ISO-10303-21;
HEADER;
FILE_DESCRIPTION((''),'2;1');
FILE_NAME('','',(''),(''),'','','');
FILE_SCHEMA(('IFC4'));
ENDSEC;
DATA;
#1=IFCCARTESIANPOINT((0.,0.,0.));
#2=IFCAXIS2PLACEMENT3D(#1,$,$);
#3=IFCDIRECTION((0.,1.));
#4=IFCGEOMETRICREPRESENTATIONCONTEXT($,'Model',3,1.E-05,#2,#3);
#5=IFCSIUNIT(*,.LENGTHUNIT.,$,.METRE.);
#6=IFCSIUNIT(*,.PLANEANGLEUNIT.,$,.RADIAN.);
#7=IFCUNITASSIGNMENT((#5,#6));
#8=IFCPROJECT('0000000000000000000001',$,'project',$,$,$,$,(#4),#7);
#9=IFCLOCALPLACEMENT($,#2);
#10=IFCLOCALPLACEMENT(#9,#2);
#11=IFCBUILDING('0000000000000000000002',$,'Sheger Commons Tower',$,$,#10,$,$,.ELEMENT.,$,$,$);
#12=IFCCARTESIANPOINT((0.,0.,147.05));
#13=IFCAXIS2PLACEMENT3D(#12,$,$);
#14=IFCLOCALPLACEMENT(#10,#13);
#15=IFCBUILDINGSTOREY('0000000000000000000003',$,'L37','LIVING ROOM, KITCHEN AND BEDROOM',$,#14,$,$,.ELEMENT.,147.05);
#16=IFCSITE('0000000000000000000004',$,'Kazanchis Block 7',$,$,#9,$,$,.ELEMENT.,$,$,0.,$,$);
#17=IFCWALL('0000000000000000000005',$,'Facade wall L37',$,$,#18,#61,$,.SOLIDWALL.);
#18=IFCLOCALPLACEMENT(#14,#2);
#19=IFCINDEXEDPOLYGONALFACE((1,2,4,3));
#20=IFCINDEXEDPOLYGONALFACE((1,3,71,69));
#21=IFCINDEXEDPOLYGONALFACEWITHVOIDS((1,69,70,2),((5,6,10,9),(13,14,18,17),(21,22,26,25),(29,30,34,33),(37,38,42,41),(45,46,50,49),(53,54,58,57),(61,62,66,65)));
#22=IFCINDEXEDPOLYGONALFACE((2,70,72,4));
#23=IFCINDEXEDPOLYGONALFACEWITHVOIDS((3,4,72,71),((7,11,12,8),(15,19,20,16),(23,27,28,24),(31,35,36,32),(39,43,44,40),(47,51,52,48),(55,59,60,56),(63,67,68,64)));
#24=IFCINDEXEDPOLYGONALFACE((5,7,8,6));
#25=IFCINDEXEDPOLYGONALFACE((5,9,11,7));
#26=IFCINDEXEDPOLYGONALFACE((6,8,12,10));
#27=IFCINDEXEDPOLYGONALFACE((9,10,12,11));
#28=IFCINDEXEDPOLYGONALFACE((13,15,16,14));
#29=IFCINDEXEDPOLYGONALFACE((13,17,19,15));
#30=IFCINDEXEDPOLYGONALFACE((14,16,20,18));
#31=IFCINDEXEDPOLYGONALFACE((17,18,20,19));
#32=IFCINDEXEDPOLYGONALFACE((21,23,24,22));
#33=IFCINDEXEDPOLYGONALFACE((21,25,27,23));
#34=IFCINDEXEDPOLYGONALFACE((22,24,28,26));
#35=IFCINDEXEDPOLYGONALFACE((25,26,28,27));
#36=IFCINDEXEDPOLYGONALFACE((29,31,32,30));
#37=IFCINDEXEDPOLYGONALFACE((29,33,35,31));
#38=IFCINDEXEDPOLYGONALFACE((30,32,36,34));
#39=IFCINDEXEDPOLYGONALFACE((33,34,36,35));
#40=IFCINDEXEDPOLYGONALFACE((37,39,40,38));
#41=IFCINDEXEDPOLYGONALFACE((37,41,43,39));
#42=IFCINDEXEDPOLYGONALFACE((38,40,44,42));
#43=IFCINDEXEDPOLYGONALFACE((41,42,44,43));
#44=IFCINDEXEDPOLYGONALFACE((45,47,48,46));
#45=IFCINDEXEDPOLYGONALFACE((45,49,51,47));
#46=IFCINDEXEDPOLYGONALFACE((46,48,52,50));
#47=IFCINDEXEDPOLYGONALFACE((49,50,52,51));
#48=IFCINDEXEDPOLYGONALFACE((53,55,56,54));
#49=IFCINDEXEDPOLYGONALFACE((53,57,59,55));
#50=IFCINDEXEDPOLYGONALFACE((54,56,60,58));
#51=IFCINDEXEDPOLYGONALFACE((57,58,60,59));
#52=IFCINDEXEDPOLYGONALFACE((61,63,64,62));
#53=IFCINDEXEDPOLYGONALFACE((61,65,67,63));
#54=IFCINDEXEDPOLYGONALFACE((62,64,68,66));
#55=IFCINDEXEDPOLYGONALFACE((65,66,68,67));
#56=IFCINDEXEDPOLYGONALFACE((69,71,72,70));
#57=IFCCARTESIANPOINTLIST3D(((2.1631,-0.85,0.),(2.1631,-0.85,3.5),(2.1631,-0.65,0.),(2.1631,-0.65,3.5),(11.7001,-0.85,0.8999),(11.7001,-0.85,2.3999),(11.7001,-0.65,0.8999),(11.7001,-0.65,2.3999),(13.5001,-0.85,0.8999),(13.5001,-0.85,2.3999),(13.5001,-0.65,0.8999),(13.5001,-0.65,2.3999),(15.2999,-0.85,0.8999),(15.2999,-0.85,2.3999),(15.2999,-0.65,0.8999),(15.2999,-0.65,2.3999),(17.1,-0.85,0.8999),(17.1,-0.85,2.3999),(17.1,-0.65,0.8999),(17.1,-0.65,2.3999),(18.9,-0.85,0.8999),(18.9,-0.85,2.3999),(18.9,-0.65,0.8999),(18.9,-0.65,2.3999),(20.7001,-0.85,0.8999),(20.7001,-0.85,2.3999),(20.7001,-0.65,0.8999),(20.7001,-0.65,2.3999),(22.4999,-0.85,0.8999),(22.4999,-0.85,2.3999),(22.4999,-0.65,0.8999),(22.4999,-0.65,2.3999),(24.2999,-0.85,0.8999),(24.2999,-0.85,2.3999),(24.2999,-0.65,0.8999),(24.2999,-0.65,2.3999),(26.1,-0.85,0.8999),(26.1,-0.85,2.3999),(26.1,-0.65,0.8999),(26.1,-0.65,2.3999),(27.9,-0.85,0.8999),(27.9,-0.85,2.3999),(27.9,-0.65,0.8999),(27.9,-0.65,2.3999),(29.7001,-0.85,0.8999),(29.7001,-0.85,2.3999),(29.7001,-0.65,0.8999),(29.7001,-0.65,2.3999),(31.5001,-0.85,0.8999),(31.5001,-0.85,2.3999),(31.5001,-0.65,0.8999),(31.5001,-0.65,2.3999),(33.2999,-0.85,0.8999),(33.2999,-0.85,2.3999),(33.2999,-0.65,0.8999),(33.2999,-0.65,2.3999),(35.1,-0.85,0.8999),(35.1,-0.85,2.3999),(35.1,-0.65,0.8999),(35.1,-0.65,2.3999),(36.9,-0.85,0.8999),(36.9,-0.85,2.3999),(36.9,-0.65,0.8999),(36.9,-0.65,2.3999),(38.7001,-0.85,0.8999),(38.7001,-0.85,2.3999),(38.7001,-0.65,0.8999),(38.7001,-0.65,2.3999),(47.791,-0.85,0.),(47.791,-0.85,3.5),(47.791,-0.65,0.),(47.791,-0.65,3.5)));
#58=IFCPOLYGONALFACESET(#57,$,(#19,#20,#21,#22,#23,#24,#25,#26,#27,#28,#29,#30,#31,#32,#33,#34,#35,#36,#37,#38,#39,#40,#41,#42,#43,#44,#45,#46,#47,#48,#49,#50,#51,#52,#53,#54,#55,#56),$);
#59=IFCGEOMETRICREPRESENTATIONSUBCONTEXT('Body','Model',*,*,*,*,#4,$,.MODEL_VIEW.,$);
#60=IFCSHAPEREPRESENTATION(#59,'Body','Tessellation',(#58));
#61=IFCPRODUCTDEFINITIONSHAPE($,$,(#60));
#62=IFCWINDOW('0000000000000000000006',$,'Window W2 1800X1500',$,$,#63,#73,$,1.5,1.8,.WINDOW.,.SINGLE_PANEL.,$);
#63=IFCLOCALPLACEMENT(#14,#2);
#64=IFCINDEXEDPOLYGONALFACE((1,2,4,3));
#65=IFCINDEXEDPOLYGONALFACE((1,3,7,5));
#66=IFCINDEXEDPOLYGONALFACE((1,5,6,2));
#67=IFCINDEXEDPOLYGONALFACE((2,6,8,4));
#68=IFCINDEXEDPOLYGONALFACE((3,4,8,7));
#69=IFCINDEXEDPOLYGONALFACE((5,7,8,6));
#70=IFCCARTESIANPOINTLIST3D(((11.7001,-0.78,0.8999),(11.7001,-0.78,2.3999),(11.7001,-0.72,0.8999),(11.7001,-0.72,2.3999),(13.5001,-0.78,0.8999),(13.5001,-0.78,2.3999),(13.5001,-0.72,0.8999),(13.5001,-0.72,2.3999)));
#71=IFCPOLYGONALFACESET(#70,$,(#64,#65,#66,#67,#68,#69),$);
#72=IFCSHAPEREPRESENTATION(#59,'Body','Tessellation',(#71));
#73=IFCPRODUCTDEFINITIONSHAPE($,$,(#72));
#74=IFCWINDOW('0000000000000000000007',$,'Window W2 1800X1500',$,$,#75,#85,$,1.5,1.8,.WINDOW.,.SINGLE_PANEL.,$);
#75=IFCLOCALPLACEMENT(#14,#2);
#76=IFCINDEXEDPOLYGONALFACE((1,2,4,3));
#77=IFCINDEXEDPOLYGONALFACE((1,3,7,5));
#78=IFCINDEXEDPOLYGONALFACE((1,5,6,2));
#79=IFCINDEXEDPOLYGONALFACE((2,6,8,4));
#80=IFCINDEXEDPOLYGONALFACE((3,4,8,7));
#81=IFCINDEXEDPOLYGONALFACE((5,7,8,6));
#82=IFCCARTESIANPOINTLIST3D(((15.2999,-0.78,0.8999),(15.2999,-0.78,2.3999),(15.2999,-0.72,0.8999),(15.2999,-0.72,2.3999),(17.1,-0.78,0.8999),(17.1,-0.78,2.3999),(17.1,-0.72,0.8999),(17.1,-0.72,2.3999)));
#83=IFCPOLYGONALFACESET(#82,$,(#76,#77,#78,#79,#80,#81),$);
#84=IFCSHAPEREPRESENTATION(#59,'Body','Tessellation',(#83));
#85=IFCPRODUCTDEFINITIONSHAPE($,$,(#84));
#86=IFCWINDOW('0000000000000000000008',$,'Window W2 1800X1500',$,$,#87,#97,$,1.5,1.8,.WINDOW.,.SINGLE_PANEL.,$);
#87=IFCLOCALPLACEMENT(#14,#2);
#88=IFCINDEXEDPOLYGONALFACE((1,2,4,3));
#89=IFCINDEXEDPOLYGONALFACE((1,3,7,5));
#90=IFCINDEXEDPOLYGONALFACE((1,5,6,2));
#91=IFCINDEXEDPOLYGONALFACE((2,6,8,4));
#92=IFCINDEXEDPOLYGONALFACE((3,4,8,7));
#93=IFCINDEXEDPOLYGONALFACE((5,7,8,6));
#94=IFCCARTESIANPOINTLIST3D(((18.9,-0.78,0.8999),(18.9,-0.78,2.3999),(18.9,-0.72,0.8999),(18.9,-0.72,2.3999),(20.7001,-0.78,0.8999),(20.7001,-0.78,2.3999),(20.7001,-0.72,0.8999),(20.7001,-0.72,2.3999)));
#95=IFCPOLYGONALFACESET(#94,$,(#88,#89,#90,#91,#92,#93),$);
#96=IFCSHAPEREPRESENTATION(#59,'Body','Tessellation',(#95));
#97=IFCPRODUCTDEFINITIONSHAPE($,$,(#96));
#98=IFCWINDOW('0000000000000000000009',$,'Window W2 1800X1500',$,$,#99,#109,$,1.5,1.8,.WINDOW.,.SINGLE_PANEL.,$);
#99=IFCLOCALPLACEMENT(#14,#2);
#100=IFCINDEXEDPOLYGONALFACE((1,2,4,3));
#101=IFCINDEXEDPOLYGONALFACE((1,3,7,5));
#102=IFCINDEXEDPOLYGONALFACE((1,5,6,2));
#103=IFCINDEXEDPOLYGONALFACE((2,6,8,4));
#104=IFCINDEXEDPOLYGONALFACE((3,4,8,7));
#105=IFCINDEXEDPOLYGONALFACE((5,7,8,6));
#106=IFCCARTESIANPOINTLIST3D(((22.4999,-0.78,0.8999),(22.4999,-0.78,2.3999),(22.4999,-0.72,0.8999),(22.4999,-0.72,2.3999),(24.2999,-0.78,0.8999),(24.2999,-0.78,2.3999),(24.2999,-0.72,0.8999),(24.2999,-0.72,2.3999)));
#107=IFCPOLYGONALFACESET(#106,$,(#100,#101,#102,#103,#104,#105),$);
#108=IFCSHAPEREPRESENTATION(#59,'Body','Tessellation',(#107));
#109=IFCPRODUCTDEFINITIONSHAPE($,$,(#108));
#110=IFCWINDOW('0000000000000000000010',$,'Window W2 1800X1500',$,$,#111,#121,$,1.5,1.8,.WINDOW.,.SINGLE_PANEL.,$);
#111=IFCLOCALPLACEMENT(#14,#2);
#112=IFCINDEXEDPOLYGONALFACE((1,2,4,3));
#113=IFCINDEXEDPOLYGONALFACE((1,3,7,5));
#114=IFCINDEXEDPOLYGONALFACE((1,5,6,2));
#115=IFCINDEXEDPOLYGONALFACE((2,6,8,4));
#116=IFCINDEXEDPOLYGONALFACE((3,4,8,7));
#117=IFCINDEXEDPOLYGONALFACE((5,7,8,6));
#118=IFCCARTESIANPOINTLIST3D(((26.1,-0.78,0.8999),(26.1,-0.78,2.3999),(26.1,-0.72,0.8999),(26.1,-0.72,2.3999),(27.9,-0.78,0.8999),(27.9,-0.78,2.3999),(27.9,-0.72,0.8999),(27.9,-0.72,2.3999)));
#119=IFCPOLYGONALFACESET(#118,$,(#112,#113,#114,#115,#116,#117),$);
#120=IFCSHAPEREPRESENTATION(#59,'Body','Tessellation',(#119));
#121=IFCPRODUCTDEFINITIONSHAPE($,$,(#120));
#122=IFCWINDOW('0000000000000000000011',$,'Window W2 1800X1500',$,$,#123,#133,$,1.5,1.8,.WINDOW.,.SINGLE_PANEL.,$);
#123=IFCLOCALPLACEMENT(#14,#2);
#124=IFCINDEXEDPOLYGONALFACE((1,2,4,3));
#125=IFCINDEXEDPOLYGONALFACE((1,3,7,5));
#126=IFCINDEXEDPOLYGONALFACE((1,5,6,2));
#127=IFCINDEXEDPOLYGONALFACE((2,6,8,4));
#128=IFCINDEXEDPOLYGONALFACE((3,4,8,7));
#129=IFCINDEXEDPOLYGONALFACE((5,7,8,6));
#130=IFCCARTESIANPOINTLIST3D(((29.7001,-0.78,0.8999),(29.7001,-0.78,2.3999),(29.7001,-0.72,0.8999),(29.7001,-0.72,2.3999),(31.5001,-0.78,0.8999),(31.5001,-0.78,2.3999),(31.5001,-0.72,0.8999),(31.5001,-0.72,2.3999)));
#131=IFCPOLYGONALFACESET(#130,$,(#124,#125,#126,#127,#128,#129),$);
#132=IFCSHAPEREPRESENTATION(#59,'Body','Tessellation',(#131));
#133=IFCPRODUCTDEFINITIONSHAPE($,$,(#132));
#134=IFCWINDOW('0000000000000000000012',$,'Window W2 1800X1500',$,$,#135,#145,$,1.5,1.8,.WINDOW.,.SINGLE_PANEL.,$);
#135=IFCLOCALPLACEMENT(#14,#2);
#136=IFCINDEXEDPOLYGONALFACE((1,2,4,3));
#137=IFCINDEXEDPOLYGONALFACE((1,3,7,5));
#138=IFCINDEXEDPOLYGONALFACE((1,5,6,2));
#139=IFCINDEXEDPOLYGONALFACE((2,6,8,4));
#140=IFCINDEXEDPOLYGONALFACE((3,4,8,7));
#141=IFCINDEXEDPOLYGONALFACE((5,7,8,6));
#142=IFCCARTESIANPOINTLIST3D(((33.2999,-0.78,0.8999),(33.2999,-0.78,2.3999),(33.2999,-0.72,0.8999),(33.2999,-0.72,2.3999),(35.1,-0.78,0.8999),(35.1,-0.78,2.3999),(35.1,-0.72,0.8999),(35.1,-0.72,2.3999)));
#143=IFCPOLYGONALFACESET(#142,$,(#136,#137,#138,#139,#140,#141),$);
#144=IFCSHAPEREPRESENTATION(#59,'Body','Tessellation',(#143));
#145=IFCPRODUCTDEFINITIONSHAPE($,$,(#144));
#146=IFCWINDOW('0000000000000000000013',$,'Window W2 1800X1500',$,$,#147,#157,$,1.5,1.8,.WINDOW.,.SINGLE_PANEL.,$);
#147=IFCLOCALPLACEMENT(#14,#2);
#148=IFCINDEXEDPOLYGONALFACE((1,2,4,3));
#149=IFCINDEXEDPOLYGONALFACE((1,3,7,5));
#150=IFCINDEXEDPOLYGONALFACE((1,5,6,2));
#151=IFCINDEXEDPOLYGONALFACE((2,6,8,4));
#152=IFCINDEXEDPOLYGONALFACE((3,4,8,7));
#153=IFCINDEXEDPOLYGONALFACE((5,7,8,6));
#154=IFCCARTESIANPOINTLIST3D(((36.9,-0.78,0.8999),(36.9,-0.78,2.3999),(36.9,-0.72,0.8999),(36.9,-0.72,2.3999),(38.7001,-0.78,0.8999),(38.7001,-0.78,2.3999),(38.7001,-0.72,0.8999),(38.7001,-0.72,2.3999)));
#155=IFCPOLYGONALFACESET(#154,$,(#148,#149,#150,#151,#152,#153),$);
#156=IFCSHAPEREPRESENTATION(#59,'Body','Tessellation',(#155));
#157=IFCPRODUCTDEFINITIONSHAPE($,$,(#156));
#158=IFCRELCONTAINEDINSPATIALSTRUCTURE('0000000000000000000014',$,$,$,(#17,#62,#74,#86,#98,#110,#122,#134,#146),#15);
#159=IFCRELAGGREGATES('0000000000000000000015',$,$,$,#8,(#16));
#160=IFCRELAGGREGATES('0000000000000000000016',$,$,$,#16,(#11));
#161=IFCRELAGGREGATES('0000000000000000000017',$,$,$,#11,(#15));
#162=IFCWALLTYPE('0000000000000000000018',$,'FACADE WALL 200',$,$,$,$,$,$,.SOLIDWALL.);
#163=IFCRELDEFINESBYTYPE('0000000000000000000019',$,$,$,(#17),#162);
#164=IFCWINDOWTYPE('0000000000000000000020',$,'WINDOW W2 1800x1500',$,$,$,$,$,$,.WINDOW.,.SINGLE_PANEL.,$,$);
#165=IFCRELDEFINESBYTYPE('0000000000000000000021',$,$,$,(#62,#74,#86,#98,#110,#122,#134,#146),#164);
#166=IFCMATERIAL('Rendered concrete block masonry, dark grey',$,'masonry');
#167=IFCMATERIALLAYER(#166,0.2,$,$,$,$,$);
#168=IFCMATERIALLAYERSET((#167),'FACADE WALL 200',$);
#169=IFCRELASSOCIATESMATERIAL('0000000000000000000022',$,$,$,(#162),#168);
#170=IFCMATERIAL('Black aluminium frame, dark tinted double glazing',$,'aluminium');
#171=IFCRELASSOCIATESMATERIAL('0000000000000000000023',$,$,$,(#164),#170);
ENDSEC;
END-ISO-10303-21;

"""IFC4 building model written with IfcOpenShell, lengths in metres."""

from ifc_helpers import new_model, si_unit, direction, frame, frame_2d, origin, place, context, subcontext, project, spatial, rectangle, extrude, material, layer, layer_set, type_object, element, fill, save


model = new_model("IFC4")

# Units and contexts
model_context = context("Model", 3, precision=1e-05, world=origin(), true_north=direction((0.0, 1.0)))
body_context = subcontext(model_context, "Body", "Model", "MODEL_VIEW")
ifc_project = project(units=[si_unit("LENGTHUNIT", "METRE"), si_unit("PLANEANGLEUNIT", "RADIAN")], contexts=[model_context])

# Site, building, storey
site_placement = place(None, origin())
site = spatial("IfcSite", under=ifc_project, at=site_placement, Name="Kazanchis Block 7", CompositionType="ELEMENT", RefElevation=0.0)
building_placement = place(site_placement, origin())
building = spatial("IfcBuilding", under=site, at=building_placement, Name="Sheger Commons Tower", CompositionType="ELEMENT")
storey_placement = place(building_placement, frame((0.0, 0.0, 147.05)))
storey = spatial("IfcBuildingStorey", under=building, at=storey_placement, Name="L37", Description="LIVING ROOM, KITCHEN AND BEDROOM", CompositionType="ELEMENT", Elevation=147.05)

# Wall, openings, windows
ifc_material_1 = material(Name="Rendered concrete block masonry, dark grey", Category="masonry")
ifc_layer_1 = layer(ifc_material_1, 0.2)
ifc_layer_set_1 = layer_set([ifc_layer_1], Name="FACADE WALL 200")
wall_type_1 = type_object("IfcWallType", Name="FACADE WALL 200", PredefinedType="SOLIDWALL", material=ifc_layer_set_1)
wall_1_placement = place(storey_placement, frame((2.1631, -0.75, 0.0), z_axis=(0.0, 0.0, 1.0), x_axis=(1.0, 0.0, 0.0)))
wall_1 = element("IfcWall", 1, at=wall_1_placement, inside=storey, type_object=wall_type_1, Name="Facade wall L37", PredefinedType="SOLIDWALL", context=body_context, shape_type="SweptSolid", body=[
    extrude(rectangle(XDim=45.6279, YDim=0.2, at=frame_2d((22.814, 0.0))), origin(), (0.0, 0.0, 1.0), 3.5),
])
opening_1_placement = place(wall_1_placement, frame((9.5371, 0.0, 0.8999)))
opening_1 = element("IfcOpeningElement", 2, at=opening_1_placement, cuts=wall_1, PredefinedType="OPENING", context=body_context, shape_type="SweptSolid", body=[
    extrude(rectangle(XDim=1.8, YDim=1.5, at=frame_2d((0.8999, 0.75))), frame((0.0, 0.1099, 0.0), z_axis=(0.0, -1.0, 0.0), x_axis=(1.0, 0.0, 0.0)), (0.0, 0.0, 1.0), 0.22),
])
opening_2_placement = place(wall_1_placement, frame((13.137, 0.0, 0.8999)))
opening_2 = element("IfcOpeningElement", 3, at=opening_2_placement, cuts=wall_1, PredefinedType="OPENING", context=body_context, shape_type="SweptSolid", body=[
    extrude(rectangle(XDim=1.8, YDim=1.5, at=frame_2d((0.8999, 0.75))), frame((0.0, 0.1099, 0.0), z_axis=(0.0, -1.0, 0.0), x_axis=(1.0, 0.0, 0.0)), (0.0, 0.0, 1.0), 0.22),
])
opening_3_placement = place(wall_1_placement, frame((16.7371, 0.0, 0.8999)))
opening_3 = element("IfcOpeningElement", 4, at=opening_3_placement, cuts=wall_1, PredefinedType="OPENING", context=body_context, shape_type="SweptSolid", body=[
    extrude(rectangle(XDim=1.8, YDim=1.5, at=frame_2d((0.8999, 0.75))), frame((0.0, 0.1099, 0.0), z_axis=(0.0, -1.0, 0.0), x_axis=(1.0, 0.0, 0.0)), (0.0, 0.0, 1.0), 0.22),
])
opening_4_placement = place(wall_1_placement, frame((20.3369, 0.0, 0.8999)))
opening_4 = element("IfcOpeningElement", 5, at=opening_4_placement, cuts=wall_1, PredefinedType="OPENING", context=body_context, shape_type="SweptSolid", body=[
    extrude(rectangle(XDim=1.8, YDim=1.5, at=frame_2d((0.8999, 0.75))), frame((0.0, 0.1099, 0.0), z_axis=(0.0, -1.0, 0.0), x_axis=(1.0, 0.0, 0.0)), (0.0, 0.0, 1.0), 0.22),
])
opening_5_placement = place(wall_1_placement, frame((23.937, 0.0, 0.8999)))
opening_5 = element("IfcOpeningElement", 6, at=opening_5_placement, cuts=wall_1, PredefinedType="OPENING", context=body_context, shape_type="SweptSolid", body=[
    extrude(rectangle(XDim=1.8, YDim=1.5, at=frame_2d((0.8999, 0.75))), frame((0.0, 0.1099, 0.0), z_axis=(0.0, -1.0, 0.0), x_axis=(1.0, 0.0, 0.0)), (0.0, 0.0, 1.0), 0.22),
])
opening_6_placement = place(wall_1_placement, frame((27.5371, 0.0, 0.8999)))
opening_6 = element("IfcOpeningElement", 7, at=opening_6_placement, cuts=wall_1, PredefinedType="OPENING", context=body_context, shape_type="SweptSolid", body=[
    extrude(rectangle(XDim=1.8, YDim=1.5, at=frame_2d((0.8999, 0.75))), frame((0.0, 0.1099, 0.0), z_axis=(0.0, -1.0, 0.0), x_axis=(1.0, 0.0, 0.0)), (0.0, 0.0, 1.0), 0.22),
])
opening_7_placement = place(wall_1_placement, frame((31.137, 0.0, 0.8999)))
opening_7 = element("IfcOpeningElement", 8, at=opening_7_placement, cuts=wall_1, PredefinedType="OPENING", context=body_context, shape_type="SweptSolid", body=[
    extrude(rectangle(XDim=1.8, YDim=1.5, at=frame_2d((0.8999, 0.75))), frame((0.0, 0.1099, 0.0), z_axis=(0.0, -1.0, 0.0), x_axis=(1.0, 0.0, 0.0)), (0.0, 0.0, 1.0), 0.22),
])
opening_8_placement = place(wall_1_placement, frame((34.7371, 0.0, 0.8999)))
opening_8 = element("IfcOpeningElement", 9, at=opening_8_placement, cuts=wall_1, PredefinedType="OPENING", context=body_context, shape_type="SweptSolid", body=[
    extrude(rectangle(XDim=1.8, YDim=1.5, at=frame_2d((0.8999, 0.75))), frame((0.0, 0.1099, 0.0), z_axis=(0.0, -1.0, 0.0), x_axis=(1.0, 0.0, 0.0)), (0.0, 0.0, 1.0), 0.22),
])
ifc_material_2 = material(Name="Black aluminium frame, dark tinted double glazing", Category="aluminium")
window_type = type_object("IfcWindowType", Name="WINDOW W2 1800x1500", PartitioningType="SINGLE_PANEL", PredefinedType="WINDOW", material=ifc_material_2)
window_1_placement = place(opening_1_placement, origin())
window_1 = element("IfcWindow", 10, at=window_1_placement, inside=storey, type_object=window_type, Name="Window W2 1800X1500", OverallHeight=1.5, OverallWidth=1.8, PartitioningType="SINGLE_PANEL", PredefinedType="WINDOW", context=body_context, shape_type="SweptSolid", body=[
    extrude(rectangle(XDim=1.8, YDim=1.5, at=frame_2d((0.8999, 0.75))), frame((0.0, 0.03, 0.0), z_axis=(0.0, -1.0, 0.0), x_axis=(1.0, 0.0, 0.0)), (0.0, 0.0, 1.0), 0.0601),
])
fill(opening_1, window_1)
window_2_placement = place(opening_2_placement, origin())
window_2 = element("IfcWindow", 11, at=window_2_placement, inside=storey, type_object=window_type, Name="Window W2 1800X1500", OverallHeight=1.5, OverallWidth=1.8, PartitioningType="SINGLE_PANEL", PredefinedType="WINDOW", context=body_context, shape_type="SweptSolid", body=[
    extrude(rectangle(XDim=1.8, YDim=1.5, at=frame_2d((0.8999, 0.75))), frame((0.0, 0.03, 0.0), z_axis=(0.0, -1.0, 0.0), x_axis=(1.0, 0.0, 0.0)), (0.0, 0.0, 1.0), 0.0601),
])
fill(opening_2, window_2)
window_3_placement = place(opening_3_placement, origin())
window_3 = element("IfcWindow", 12, at=window_3_placement, inside=storey, type_object=window_type, Name="Window W2 1800X1500", OverallHeight=1.5, OverallWidth=1.8, PartitioningType="SINGLE_PANEL", PredefinedType="WINDOW", context=body_context, shape_type="SweptSolid", body=[
    extrude(rectangle(XDim=1.8, YDim=1.5, at=frame_2d((0.8999, 0.75))), frame((0.0, 0.03, 0.0), z_axis=(0.0, -1.0, 0.0), x_axis=(1.0, 0.0, 0.0)), (0.0, 0.0, 1.0), 0.0601),
])
fill(opening_3, window_3)
window_4_placement = place(opening_4_placement, origin())
window_4 = element("IfcWindow", 13, at=window_4_placement, inside=storey, type_object=window_type, Name="Window W2 1800X1500", OverallHeight=1.5, OverallWidth=1.8, PartitioningType="SINGLE_PANEL", PredefinedType="WINDOW", context=body_context, shape_type="SweptSolid", body=[
    extrude(rectangle(XDim=1.8, YDim=1.5, at=frame_2d((0.8999, 0.75))), frame((0.0, 0.03, 0.0), z_axis=(0.0, -1.0, 0.0), x_axis=(1.0, 0.0, 0.0)), (0.0, 0.0, 1.0), 0.0601),
])
fill(opening_4, window_4)
window_5_placement = place(opening_5_placement, origin())
window_5 = element("IfcWindow", 14, at=window_5_placement, inside=storey, type_object=window_type, Name="Window W2 1800X1500", OverallHeight=1.5, OverallWidth=1.8, PartitioningType="SINGLE_PANEL", PredefinedType="WINDOW", context=body_context, shape_type="SweptSolid", body=[
    extrude(rectangle(XDim=1.8, YDim=1.5, at=frame_2d((0.8999, 0.75))), frame((0.0, 0.03, 0.0), z_axis=(0.0, -1.0, 0.0), x_axis=(1.0, 0.0, 0.0)), (0.0, 0.0, 1.0), 0.0601),
])
fill(opening_5, window_5)
window_6_placement = place(opening_6_placement, origin())
window_6 = element("IfcWindow", 15, at=window_6_placement, inside=storey, type_object=window_type, Name="Window W2 1800X1500", OverallHeight=1.5, OverallWidth=1.8, PartitioningType="SINGLE_PANEL", PredefinedType="WINDOW", context=body_context, shape_type="SweptSolid", body=[
    extrude(rectangle(XDim=1.8, YDim=1.5, at=frame_2d((0.8999, 0.75))), frame((0.0, 0.03, 0.0), z_axis=(0.0, -1.0, 0.0), x_axis=(1.0, 0.0, 0.0)), (0.0, 0.0, 1.0), 0.0601),
])
fill(opening_6, window_6)
window_7_placement = place(opening_7_placement, origin())
window_7 = element("IfcWindow", 16, at=window_7_placement, inside=storey, type_object=window_type, Name="Window W2 1800X1500", OverallHeight=1.5, OverallWidth=1.8, PartitioningType="SINGLE_PANEL", PredefinedType="WINDOW", context=body_context, shape_type="SweptSolid", body=[
    extrude(rectangle(XDim=1.8, YDim=1.5, at=frame_2d((0.8999, 0.75))), frame((0.0, 0.03, 0.0), z_axis=(0.0, -1.0, 0.0), x_axis=(1.0, 0.0, 0.0)), (0.0, 0.0, 1.0), 0.0601),
])
fill(opening_7, window_7)
window_8_placement = place(opening_8_placement, origin())
window_8 = element("IfcWindow", 17, at=window_8_placement, inside=storey, type_object=window_type, Name="Window W2 1800X1500", OverallHeight=1.5, OverallWidth=1.8, PartitioningType="SINGLE_PANEL", PredefinedType="WINDOW", context=body_context, shape_type="SweptSolid", body=[
    extrude(rectangle(XDim=1.8, YDim=1.5, at=frame_2d((0.8999, 0.75))), frame((0.0, 0.03, 0.0), z_axis=(0.0, -1.0, 0.0), x_axis=(1.0, 0.0, 0.0)), (0.0, 0.0, 1.0), 0.0601),
])
fill(opening_8, window_8)

save(model, "model.ifc")
